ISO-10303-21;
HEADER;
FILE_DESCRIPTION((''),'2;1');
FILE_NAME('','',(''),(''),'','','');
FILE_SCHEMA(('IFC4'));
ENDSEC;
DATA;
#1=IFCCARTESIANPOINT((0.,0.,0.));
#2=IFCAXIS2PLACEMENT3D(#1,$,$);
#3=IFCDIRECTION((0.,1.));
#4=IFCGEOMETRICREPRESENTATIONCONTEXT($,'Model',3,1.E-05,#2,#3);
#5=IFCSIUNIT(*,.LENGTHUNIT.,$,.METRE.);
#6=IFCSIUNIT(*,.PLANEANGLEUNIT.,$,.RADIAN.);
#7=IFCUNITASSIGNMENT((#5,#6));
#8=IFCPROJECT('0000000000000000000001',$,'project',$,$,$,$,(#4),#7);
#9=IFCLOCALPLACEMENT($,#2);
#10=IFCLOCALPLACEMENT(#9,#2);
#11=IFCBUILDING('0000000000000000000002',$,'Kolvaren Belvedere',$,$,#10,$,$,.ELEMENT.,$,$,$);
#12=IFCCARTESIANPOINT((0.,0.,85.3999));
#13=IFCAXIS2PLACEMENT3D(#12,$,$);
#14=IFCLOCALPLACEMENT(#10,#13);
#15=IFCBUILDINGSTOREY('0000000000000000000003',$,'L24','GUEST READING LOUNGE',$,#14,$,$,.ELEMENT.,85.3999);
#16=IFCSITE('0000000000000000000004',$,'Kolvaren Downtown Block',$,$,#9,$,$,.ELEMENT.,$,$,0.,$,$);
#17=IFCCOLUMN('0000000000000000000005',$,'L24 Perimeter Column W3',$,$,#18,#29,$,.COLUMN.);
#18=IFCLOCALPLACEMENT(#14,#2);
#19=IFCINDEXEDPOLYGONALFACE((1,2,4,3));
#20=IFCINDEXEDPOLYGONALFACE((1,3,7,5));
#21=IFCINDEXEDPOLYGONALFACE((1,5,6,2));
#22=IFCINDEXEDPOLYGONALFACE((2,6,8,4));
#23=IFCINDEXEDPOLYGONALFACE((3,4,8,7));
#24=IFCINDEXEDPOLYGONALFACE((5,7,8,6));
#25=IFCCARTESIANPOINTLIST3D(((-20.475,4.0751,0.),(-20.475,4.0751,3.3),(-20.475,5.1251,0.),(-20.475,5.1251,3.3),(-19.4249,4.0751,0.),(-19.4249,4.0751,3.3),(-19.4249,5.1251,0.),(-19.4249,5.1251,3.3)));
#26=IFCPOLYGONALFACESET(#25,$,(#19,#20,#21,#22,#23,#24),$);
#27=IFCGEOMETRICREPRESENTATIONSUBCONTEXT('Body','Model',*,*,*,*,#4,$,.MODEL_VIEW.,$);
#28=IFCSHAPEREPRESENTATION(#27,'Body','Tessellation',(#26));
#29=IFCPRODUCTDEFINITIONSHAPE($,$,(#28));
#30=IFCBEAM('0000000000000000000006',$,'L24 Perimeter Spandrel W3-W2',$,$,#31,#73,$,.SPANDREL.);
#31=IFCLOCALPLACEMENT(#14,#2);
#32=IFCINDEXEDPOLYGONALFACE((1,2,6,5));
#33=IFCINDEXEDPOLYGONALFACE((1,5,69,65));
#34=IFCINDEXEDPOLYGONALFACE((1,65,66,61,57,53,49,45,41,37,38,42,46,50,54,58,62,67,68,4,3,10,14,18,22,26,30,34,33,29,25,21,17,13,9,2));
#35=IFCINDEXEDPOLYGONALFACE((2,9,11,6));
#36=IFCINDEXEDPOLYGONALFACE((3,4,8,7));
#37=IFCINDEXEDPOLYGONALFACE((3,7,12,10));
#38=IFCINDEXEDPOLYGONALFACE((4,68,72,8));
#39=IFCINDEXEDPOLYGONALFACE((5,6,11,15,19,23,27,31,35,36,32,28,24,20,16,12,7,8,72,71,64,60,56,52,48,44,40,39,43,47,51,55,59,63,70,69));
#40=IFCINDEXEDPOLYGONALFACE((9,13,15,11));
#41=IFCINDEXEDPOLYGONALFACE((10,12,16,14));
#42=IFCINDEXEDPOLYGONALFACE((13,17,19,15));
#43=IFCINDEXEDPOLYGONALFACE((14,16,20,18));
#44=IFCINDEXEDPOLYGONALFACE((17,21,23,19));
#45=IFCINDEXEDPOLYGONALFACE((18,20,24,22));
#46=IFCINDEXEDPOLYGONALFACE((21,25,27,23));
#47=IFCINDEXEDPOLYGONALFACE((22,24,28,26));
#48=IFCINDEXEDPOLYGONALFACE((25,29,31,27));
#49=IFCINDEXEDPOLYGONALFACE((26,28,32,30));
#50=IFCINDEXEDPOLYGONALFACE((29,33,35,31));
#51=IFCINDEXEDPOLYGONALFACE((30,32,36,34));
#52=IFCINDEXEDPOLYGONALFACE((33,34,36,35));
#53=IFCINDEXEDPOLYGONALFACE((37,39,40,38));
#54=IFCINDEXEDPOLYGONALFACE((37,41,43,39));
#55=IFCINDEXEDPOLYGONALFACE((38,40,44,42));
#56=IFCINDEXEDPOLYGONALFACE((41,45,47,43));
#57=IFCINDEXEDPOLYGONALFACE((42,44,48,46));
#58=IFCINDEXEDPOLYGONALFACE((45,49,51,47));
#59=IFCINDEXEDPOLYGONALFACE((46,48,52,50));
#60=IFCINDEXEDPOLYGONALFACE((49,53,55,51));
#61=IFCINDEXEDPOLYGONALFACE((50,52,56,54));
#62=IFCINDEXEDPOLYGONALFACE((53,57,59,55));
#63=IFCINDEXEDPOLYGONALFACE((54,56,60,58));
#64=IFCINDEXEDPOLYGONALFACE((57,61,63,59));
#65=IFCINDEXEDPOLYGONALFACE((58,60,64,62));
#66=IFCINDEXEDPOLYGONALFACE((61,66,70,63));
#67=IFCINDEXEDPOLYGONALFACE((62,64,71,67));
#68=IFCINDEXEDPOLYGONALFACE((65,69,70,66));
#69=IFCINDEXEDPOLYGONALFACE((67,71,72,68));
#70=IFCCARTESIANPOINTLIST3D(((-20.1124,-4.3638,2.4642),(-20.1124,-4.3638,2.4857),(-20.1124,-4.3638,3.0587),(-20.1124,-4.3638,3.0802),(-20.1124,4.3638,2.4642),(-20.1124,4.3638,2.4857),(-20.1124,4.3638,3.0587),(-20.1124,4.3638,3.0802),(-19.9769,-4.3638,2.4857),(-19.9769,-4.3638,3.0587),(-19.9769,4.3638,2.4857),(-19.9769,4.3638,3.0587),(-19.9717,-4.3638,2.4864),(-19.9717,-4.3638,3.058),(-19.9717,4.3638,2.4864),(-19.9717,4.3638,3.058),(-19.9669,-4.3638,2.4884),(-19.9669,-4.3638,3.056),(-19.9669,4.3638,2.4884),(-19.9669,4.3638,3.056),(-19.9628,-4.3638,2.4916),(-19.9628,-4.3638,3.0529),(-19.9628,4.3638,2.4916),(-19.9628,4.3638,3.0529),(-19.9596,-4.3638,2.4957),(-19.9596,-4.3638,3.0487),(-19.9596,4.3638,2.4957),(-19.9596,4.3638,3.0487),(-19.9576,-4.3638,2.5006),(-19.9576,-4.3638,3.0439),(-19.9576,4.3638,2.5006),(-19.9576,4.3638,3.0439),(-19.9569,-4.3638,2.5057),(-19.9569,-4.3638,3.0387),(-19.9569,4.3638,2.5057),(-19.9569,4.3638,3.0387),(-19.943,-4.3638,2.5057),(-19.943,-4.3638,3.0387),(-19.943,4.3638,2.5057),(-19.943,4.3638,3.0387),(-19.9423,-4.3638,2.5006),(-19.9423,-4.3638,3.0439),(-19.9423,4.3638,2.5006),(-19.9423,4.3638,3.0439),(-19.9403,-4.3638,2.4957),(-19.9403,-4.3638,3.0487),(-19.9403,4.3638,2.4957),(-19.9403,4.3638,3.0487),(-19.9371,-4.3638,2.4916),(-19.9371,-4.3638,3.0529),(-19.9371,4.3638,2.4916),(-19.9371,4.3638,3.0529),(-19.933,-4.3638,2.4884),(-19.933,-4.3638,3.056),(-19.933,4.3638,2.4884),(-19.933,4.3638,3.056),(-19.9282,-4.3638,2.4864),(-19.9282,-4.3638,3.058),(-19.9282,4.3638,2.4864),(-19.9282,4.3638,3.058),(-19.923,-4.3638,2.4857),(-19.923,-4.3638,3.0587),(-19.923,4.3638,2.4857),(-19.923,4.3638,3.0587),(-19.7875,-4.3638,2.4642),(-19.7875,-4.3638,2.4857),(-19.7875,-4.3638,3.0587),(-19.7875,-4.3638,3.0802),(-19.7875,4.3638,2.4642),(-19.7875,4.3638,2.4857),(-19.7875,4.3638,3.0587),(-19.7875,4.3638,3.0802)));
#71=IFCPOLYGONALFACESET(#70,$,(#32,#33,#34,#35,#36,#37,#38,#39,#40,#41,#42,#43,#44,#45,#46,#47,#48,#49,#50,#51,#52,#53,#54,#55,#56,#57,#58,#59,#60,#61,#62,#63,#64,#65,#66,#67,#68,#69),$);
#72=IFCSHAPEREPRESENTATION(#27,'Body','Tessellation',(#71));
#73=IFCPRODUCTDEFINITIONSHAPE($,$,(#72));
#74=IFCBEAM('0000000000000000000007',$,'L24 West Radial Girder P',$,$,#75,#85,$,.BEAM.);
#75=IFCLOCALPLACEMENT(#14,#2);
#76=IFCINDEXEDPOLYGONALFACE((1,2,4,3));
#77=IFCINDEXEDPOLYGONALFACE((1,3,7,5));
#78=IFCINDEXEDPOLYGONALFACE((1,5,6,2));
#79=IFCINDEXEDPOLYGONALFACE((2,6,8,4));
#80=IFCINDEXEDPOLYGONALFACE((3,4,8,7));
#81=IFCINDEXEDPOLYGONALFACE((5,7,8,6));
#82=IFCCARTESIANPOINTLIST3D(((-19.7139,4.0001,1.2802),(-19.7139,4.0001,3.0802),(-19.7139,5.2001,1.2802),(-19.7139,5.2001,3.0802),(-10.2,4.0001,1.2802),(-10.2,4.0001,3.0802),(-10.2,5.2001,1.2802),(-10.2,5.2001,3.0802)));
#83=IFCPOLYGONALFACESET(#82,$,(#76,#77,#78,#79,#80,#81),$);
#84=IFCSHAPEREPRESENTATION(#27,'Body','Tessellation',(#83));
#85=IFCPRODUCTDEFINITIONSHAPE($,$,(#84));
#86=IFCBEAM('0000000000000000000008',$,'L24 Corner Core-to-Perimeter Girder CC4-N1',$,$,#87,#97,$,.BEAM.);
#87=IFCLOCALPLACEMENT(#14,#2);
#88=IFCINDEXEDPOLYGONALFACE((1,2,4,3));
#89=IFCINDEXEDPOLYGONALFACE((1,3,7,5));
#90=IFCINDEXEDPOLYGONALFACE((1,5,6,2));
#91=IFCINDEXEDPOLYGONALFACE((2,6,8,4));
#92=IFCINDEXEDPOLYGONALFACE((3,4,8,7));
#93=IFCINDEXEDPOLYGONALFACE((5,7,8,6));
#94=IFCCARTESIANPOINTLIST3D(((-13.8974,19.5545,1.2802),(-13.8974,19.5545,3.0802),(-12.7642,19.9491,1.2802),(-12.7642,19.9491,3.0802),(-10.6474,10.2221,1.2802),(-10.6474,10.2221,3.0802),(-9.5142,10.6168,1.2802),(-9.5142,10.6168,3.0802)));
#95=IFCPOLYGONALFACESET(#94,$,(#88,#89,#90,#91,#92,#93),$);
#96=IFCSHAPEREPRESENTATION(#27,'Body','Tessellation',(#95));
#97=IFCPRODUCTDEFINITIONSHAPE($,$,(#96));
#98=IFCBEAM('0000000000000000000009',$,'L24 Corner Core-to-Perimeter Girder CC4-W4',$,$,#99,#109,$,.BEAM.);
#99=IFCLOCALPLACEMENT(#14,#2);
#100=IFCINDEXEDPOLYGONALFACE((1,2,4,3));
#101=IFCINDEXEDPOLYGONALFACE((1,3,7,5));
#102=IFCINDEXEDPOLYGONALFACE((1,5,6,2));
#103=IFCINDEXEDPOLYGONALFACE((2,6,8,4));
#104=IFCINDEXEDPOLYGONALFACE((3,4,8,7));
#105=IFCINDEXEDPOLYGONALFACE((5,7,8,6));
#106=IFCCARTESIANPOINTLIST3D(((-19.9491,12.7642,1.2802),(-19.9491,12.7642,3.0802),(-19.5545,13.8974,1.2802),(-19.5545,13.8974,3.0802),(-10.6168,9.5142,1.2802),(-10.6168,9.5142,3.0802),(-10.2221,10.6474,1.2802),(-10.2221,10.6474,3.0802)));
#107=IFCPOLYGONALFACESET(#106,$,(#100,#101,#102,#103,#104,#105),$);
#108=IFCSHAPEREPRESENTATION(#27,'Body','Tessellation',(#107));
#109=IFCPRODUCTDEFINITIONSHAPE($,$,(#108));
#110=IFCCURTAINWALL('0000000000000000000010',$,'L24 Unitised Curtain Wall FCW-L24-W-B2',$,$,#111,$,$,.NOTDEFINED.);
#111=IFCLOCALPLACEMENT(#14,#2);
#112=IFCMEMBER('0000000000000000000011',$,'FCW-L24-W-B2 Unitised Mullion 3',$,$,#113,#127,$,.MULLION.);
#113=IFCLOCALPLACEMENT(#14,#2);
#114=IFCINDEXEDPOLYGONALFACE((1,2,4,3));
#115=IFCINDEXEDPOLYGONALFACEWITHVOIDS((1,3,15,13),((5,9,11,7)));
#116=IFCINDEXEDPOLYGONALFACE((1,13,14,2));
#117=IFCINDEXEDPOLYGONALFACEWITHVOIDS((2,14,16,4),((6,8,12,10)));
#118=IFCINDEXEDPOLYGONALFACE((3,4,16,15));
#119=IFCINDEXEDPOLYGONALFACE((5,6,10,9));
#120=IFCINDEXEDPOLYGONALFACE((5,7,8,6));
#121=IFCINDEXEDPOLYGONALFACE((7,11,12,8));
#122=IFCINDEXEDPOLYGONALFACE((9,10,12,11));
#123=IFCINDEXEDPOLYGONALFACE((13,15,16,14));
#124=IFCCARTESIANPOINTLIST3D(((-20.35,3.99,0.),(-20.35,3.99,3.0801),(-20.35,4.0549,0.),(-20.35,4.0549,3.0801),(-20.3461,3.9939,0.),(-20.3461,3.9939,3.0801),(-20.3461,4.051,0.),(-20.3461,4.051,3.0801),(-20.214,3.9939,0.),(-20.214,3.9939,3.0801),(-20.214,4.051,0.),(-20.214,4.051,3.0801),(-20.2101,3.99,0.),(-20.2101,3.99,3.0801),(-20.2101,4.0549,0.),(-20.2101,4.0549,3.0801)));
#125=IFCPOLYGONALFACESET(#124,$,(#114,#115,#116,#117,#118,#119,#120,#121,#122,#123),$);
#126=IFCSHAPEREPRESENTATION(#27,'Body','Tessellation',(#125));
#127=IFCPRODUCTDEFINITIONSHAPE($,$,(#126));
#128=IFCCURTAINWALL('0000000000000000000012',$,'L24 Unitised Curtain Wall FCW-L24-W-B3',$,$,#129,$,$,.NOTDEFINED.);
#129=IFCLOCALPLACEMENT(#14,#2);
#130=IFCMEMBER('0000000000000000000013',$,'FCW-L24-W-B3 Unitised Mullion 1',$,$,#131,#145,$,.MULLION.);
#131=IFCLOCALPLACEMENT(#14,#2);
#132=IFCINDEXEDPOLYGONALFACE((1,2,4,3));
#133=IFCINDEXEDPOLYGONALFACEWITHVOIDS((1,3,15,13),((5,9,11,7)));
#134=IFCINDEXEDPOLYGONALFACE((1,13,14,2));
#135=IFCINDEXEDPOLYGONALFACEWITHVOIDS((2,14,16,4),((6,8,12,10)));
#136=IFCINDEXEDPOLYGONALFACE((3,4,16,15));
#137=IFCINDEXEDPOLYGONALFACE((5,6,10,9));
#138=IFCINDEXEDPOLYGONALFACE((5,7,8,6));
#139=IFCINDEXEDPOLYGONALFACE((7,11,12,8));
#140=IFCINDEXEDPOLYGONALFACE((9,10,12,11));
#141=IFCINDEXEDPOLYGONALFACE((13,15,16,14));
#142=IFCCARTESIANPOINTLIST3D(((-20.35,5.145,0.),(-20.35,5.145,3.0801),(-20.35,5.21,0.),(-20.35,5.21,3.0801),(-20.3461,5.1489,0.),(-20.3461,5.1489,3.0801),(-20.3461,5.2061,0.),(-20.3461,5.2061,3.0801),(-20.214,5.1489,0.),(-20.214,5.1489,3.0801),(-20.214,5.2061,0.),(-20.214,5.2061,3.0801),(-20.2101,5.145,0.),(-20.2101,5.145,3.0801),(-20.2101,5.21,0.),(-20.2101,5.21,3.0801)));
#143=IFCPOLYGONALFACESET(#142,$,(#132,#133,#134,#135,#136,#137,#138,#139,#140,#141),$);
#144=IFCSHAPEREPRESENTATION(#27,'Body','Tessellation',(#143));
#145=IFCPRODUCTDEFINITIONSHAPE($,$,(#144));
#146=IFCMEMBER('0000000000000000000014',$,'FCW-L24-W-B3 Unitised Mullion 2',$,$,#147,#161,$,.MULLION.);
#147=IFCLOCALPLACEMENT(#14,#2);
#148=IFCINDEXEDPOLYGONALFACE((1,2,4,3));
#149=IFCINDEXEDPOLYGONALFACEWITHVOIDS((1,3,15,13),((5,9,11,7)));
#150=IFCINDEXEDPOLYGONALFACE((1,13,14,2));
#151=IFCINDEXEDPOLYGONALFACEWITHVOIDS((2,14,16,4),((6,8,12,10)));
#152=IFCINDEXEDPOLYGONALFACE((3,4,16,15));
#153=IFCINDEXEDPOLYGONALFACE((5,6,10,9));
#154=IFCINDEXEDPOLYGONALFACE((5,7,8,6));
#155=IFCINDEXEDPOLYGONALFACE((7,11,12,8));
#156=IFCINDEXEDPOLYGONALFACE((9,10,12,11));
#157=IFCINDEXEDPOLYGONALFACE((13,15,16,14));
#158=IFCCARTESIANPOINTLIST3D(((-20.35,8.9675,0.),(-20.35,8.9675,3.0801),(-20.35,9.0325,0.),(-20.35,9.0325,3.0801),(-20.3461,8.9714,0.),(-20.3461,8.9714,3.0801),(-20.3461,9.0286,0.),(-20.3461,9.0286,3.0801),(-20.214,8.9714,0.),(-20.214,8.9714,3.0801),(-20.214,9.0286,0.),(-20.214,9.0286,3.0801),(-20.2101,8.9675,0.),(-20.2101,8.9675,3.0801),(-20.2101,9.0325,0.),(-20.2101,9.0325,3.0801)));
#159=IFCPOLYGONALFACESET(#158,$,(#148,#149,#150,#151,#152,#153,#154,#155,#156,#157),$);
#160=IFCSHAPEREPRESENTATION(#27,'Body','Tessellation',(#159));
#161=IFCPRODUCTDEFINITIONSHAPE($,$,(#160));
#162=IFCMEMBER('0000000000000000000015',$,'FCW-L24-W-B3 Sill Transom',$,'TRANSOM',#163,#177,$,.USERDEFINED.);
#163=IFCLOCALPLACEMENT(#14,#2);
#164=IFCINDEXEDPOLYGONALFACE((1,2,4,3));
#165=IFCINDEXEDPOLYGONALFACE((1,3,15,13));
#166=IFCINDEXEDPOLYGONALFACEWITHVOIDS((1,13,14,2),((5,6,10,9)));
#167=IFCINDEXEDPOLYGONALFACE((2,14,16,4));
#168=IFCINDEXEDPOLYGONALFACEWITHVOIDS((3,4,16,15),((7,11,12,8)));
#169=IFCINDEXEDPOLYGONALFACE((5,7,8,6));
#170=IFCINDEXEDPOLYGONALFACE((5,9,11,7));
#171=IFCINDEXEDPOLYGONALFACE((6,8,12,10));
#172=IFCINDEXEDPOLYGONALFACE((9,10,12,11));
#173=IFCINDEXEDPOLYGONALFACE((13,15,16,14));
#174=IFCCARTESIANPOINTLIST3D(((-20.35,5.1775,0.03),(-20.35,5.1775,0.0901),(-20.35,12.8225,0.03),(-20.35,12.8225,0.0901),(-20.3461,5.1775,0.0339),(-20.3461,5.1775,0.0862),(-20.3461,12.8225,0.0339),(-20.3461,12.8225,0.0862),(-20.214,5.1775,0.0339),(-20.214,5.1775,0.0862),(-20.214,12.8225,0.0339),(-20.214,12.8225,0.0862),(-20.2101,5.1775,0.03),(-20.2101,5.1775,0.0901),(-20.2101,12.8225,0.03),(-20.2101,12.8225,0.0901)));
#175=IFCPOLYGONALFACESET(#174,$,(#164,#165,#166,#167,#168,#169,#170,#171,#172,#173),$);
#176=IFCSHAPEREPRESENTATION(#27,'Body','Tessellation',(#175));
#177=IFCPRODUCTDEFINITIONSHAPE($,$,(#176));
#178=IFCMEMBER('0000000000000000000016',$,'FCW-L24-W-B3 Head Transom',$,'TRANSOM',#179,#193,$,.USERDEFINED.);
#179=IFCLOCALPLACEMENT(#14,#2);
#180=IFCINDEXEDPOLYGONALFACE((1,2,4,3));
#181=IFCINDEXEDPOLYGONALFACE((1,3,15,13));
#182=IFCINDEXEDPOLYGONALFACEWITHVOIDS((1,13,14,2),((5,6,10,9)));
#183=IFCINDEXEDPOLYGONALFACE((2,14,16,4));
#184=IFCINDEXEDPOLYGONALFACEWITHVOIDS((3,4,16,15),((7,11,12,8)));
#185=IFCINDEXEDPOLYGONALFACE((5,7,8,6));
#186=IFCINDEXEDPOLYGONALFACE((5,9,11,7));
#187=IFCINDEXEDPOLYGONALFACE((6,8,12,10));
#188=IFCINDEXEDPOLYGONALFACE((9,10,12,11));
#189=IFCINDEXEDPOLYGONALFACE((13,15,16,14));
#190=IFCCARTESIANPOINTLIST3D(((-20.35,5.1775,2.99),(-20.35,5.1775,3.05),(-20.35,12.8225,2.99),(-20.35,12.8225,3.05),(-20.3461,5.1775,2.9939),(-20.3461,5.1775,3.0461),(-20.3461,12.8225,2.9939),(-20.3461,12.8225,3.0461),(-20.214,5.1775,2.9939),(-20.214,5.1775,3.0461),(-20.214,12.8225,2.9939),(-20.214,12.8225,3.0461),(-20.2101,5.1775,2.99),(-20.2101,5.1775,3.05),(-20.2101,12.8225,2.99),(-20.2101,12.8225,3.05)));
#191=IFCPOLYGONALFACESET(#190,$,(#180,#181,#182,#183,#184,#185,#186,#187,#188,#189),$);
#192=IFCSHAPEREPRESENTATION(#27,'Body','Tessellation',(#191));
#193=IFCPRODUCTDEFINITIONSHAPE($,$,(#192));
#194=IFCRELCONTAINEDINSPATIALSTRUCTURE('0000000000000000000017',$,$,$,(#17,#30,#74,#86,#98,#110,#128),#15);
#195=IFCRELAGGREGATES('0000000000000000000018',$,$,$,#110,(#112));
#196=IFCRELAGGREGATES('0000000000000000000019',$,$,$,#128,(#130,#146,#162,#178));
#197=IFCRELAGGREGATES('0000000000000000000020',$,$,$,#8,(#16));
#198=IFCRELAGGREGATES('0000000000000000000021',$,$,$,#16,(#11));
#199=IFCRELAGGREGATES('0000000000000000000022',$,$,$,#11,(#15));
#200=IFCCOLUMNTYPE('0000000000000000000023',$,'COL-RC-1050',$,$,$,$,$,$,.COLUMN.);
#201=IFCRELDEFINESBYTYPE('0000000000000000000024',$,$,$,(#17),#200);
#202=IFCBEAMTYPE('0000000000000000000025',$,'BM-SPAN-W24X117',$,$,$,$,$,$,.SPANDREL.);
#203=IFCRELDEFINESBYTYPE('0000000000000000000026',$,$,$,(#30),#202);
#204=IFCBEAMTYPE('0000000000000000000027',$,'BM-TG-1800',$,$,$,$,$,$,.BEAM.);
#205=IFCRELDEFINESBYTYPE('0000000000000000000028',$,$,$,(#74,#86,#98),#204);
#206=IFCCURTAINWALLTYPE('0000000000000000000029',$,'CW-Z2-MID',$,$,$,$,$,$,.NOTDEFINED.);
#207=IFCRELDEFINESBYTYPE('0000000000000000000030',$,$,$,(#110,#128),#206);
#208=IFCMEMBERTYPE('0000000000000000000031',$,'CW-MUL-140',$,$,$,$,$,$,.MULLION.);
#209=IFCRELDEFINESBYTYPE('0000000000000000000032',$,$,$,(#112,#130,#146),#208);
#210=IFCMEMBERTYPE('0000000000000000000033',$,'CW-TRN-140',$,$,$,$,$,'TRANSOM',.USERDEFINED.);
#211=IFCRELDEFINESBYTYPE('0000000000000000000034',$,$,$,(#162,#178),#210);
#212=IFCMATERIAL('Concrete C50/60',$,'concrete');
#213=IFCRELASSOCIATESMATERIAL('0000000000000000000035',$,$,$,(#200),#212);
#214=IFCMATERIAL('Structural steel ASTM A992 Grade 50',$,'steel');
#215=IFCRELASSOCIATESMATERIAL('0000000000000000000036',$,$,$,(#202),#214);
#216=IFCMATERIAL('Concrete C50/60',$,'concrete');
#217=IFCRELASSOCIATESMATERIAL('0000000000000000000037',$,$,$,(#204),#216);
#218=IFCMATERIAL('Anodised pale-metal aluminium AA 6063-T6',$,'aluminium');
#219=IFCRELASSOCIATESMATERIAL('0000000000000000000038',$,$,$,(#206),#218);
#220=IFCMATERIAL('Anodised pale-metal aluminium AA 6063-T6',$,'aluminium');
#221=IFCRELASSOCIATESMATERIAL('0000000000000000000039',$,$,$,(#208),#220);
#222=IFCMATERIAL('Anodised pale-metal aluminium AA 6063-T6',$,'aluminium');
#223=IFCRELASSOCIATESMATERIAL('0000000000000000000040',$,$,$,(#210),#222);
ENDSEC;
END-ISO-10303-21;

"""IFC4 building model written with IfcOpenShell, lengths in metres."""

from ifc_helpers import new_model, si_unit, direction, frame, origin, origin_2d, place, context, subcontext, project, spatial, rectangle, hollow_rectangle, i_section, extrude, material, material_profile, profile_set, type_object, element, aggregate, save


model = new_model("IFC4")

# Units and contexts
model_context = context("Model", 3, precision=1e-05, world=origin(), true_north=direction((0.0, 1.0)))
body_context = subcontext(model_context, "Body", "Model", "MODEL_VIEW")
ifc_project = project(units=[si_unit("LENGTHUNIT", "METRE"), si_unit("PLANEANGLEUNIT", "RADIAN")], contexts=[model_context])

# Site, building, storey
site_placement = place(None, origin())
site = spatial("IfcSite", under=ifc_project, at=site_placement, Name="Kolvaren Downtown Block", CompositionType="ELEMENT", RefElevation=0.0)
building_placement = place(site_placement, origin())
building = spatial("IfcBuilding", under=site, at=building_placement, Name="Kolvaren Belvedere", CompositionType="ELEMENT")
storey_placement = place(building_placement, frame((0.0, 0.0, 85.3999)))
storey = spatial("IfcBuildingStorey", under=building, at=storey_placement, Name="L24", Description="GUEST READING LOUNGE", CompositionType="ELEMENT", Elevation=85.3999)

# Column
ifc_material_1 = material(Name="Concrete C50/60", Category="concrete")
ifc_material_profile_1 = material_profile(ifc_material_1, rectangle(XDim=1.05, YDim=1.05, at=origin_2d()), Name="RC 1050X1050")
ifc_profile_set_1 = profile_set([ifc_material_profile_1], Name="Concrete C50/60")
column_type = type_object("IfcColumnType", Name="COL-RC-1050", PredefinedType="COLUMN", material=ifc_profile_set_1)
column_placement = place(storey_placement, frame((-19.95, 4.6001, 0.0), z_axis=(0.0, 0.0, 1.0), x_axis=(1.0, 0.0, 0.0)))
element("IfcColumn", 1, at=column_placement, inside=storey, type_object=column_type, Name="L24 Perimeter Column W3", PredefinedType="COLUMN", context=body_context, shape_type="SweptSolid", body=[
    extrude(rectangle(XDim=1.05, YDim=1.05, at=origin_2d()), origin(), (0.0, 0.0, 1.0), 3.3),
])

# Beams
ifc_material_2 = material(Name="Structural steel ASTM A992 Grade 50", Category="steel")
ifc_material_profile_2 = material_profile(ifc_material_2, i_section(OverallWidth=0.325, OverallDepth=0.616, WebThickness=0.0139, FlangeThickness=0.0215, FilletRadius=0.02, at=origin_2d()), Name="W24X117")
ifc_profile_set_2 = profile_set([ifc_material_profile_2], Name="Structural steel ASTM A992 Grade 50")
beam_type_1 = type_object("IfcBeamType", Name="BM-SPAN-W24X117", PredefinedType="SPANDREL", material=ifc_profile_set_2)
beam_1_placement = place(storey_placement, frame((-19.95, 4.3638, 2.7722), z_axis=(0.0, -1.0, 0.0), x_axis=(1.0, 0.0, 0.0)))
element("IfcBeam", 2, at=beam_1_placement, inside=storey, type_object=beam_type_1, Name="L24 Perimeter Spandrel W3-W2", PredefinedType="SPANDREL", context=body_context, shape_type="SweptSolid", body=[
    extrude(i_section(OverallWidth=0.325, OverallDepth=0.616, WebThickness=0.0139, FlangeThickness=0.0215, FilletRadius=0.02, at=origin_2d()), origin(), (0.0, 0.0, 1.0), 8.7275),
])
ifc_material_3 = material(Name="Concrete C50/60", Category="concrete")
ifc_material_profile_3 = material_profile(ifc_material_3, rectangle(XDim=1.2, YDim=1.8, at=origin_2d()), Name="RC 1200X1800")
ifc_profile_set_3 = profile_set([ifc_material_profile_3], Name="Concrete C50/60")
beam_type_2 = type_object("IfcBeamType", Name="BM-TG-1800", PredefinedType="BEAM", material=ifc_profile_set_3)
beam_2_placement = place(storey_placement, frame((-10.2, 4.6001, 2.1802), z_axis=(-1.0, 0.0, 0.0), x_axis=(0.0, -1.0, 0.0)))
element("IfcBeam", 3, at=beam_2_placement, inside=storey, type_object=beam_type_2, Name="L24 West Radial Girder P", PredefinedType="BEAM", context=body_context, shape_type="SweptSolid", body=[
    extrude(rectangle(XDim=1.2, YDim=1.8, at=origin_2d()), origin(), (0.0, 0.0, 1.0), 9.5139),
])
for number, where, z_axis, x_axis, name in (
    (4, (-10.0808, 10.4194, 2.1802), (-0.328881, 0.944371, 0.0), (-0.944371, -0.328881, 0.0), "L24 Corner Core-to-Perimeter Girder CC4-N1"),
    (5, (-10.4194, 10.0808, 2.1802), (-0.944371, 0.328881, 0.0), (-0.328881, -0.944371, 0.0), "L24 Corner Core-to-Perimeter Girder CC4-W4"),
):
    element("IfcBeam", number, at=place(storey_placement, frame(where, z_axis=z_axis, x_axis=x_axis)), inside=storey, type_object=beam_type_2, Name=name, PredefinedType="BEAM", context=body_context, shape_type="SweptSolid", body=[
        extrude(rectangle(XDim=1.2, YDim=1.8, at=origin_2d()), origin(), (0.0, 0.0, 1.0), 9.8821),
    ])

# Curtain wall, member
ifc_material_4 = material(Name="Anodised pale-metal aluminium AA 6063-T6", Category="aluminium")
curtain_wall_type = type_object("IfcCurtainWallType", Name="CW-Z2-MID", PredefinedType="NOTDEFINED", material=ifc_material_4)
curtain_wall_1_placement = place(storey_placement, origin())
curtain_wall_1 = element("IfcCurtainWall", 6, at=curtain_wall_1_placement, inside=storey, type_object=curtain_wall_type, Name="L24 Unitised Curtain Wall FCW-L24-W-B2", PredefinedType="NOTDEFINED")
ifc_material_5 = material(Name="Anodised pale-metal aluminium AA 6063-T6", Category="aluminium")
ifc_material_profile_4 = material_profile(ifc_material_5, hollow_rectangle(XDim=0.0649, YDim=0.1399, WallThickness=0.0039, at=origin_2d()), Name="ALU-MUL-140X65")
ifc_profile_set_4 = profile_set([ifc_material_profile_4], Name="Anodised pale-metal aluminium AA 6063-T6")
member_type_1 = type_object("IfcMemberType", Name="CW-MUL-140", PredefinedType="MULLION", material=ifc_profile_set_4)
member_1_placement = place(storey_placement, frame((-20.28, 4.0225, 0.0), z_axis=(0.0, 0.0, 1.0), x_axis=(0.0, 1.0, 0.0)))
member_1 = element("IfcMember", 7, at=member_1_placement, type_object=member_type_1, Name="FCW-L24-W-B2 Unitised Mullion 3", PredefinedType="MULLION", context=body_context, shape_type="SweptSolid", body=[
    extrude(hollow_rectangle(XDim=0.0649, YDim=0.1399, WallThickness=0.0039, at=origin_2d()), origin(), (0.0, 0.0, 1.0), 3.0801),
])

# Curtain wall, members
curtain_wall_2_placement = place(storey_placement, origin())
curtain_wall_2 = element("IfcCurtainWall", 8, at=curtain_wall_2_placement, inside=storey, type_object=curtain_wall_type, Name="L24 Unitised Curtain Wall FCW-L24-W-B3", PredefinedType="NOTDEFINED")
member_2_placement = place(storey_placement, frame((-20.28, 5.1775, 0.0), z_axis=(0.0, 0.0, 1.0), x_axis=(0.0, 1.0, 0.0)))
member_2 = element("IfcMember", 9, at=member_2_placement, type_object=member_type_1, Name="FCW-L24-W-B3 Unitised Mullion 1", PredefinedType="MULLION", context=body_context, shape_type="SweptSolid", body=[
    extrude(hollow_rectangle(XDim=0.0649, YDim=0.1399, WallThickness=0.0039, at=origin_2d()), origin(), (0.0, 0.0, 1.0), 3.0801),
])
member_3_placement = place(storey_placement, frame((-20.28, 9.0, 0.0), z_axis=(0.0, 0.0, 1.0), x_axis=(0.0, 1.0, 0.0)))
member_3 = element("IfcMember", 10, at=member_3_placement, type_object=member_type_1, Name="FCW-L24-W-B3 Unitised Mullion 2", PredefinedType="MULLION", context=body_context, shape_type="SweptSolid", body=[
    extrude(hollow_rectangle(XDim=0.0649, YDim=0.1399, WallThickness=0.0039, at=origin_2d()), origin(), (0.0, 0.0, 1.0), 3.0801),
])
ifc_material_6 = material(Name="Anodised pale-metal aluminium AA 6063-T6", Category="aluminium")
ifc_material_profile_5 = material_profile(ifc_material_6, hollow_rectangle(XDim=0.0601, YDim=0.1399, WallThickness=0.0039, at=origin_2d()), Name="ALU-TRN-140X60")
ifc_profile_set_5 = profile_set([ifc_material_profile_5], Name="Anodised pale-metal aluminium AA 6063-T6")
member_type_2 = type_object("IfcMemberType", Name="CW-TRN-140", ElementType="TRANSOM", PredefinedType="USERDEFINED", material=ifc_profile_set_5)
member_4_placement = place(storey_placement, frame((-20.28, 5.1775, 0.0601), z_axis=(0.0, 1.0, 0.0), x_axis=(0.0, 0.0, 1.0)))
member_4 = element("IfcMember", 11, at=member_4_placement, type_object=member_type_2, Name="FCW-L24-W-B3 Sill Transom", ObjectType="TRANSOM", PredefinedType="USERDEFINED", context=body_context, shape_type="SweptSolid", body=[
    extrude(hollow_rectangle(XDim=0.0601, YDim=0.1399, WallThickness=0.0039, at=origin_2d()), origin(), (0.0, 0.0, 1.0), 7.645),
])
member_5_placement = place(storey_placement, frame((-20.28, 5.1775, 3.02), z_axis=(0.0, 1.0, 0.0), x_axis=(0.0, 0.0, 1.0)))
member_5 = element("IfcMember", 12, at=member_5_placement, type_object=member_type_2, Name="FCW-L24-W-B3 Head Transom", ObjectType="TRANSOM", PredefinedType="USERDEFINED", context=body_context, shape_type="SweptSolid", body=[
    extrude(hollow_rectangle(XDim=0.0601, YDim=0.1399, WallThickness=0.0039, at=origin_2d()), origin(), (0.0, 0.0, 1.0), 7.645),
])

aggregate(curtain_wall_1, [member_1])
aggregate(curtain_wall_2, [member_2, member_3, member_4, member_5])

save(model, "model.ifc")
